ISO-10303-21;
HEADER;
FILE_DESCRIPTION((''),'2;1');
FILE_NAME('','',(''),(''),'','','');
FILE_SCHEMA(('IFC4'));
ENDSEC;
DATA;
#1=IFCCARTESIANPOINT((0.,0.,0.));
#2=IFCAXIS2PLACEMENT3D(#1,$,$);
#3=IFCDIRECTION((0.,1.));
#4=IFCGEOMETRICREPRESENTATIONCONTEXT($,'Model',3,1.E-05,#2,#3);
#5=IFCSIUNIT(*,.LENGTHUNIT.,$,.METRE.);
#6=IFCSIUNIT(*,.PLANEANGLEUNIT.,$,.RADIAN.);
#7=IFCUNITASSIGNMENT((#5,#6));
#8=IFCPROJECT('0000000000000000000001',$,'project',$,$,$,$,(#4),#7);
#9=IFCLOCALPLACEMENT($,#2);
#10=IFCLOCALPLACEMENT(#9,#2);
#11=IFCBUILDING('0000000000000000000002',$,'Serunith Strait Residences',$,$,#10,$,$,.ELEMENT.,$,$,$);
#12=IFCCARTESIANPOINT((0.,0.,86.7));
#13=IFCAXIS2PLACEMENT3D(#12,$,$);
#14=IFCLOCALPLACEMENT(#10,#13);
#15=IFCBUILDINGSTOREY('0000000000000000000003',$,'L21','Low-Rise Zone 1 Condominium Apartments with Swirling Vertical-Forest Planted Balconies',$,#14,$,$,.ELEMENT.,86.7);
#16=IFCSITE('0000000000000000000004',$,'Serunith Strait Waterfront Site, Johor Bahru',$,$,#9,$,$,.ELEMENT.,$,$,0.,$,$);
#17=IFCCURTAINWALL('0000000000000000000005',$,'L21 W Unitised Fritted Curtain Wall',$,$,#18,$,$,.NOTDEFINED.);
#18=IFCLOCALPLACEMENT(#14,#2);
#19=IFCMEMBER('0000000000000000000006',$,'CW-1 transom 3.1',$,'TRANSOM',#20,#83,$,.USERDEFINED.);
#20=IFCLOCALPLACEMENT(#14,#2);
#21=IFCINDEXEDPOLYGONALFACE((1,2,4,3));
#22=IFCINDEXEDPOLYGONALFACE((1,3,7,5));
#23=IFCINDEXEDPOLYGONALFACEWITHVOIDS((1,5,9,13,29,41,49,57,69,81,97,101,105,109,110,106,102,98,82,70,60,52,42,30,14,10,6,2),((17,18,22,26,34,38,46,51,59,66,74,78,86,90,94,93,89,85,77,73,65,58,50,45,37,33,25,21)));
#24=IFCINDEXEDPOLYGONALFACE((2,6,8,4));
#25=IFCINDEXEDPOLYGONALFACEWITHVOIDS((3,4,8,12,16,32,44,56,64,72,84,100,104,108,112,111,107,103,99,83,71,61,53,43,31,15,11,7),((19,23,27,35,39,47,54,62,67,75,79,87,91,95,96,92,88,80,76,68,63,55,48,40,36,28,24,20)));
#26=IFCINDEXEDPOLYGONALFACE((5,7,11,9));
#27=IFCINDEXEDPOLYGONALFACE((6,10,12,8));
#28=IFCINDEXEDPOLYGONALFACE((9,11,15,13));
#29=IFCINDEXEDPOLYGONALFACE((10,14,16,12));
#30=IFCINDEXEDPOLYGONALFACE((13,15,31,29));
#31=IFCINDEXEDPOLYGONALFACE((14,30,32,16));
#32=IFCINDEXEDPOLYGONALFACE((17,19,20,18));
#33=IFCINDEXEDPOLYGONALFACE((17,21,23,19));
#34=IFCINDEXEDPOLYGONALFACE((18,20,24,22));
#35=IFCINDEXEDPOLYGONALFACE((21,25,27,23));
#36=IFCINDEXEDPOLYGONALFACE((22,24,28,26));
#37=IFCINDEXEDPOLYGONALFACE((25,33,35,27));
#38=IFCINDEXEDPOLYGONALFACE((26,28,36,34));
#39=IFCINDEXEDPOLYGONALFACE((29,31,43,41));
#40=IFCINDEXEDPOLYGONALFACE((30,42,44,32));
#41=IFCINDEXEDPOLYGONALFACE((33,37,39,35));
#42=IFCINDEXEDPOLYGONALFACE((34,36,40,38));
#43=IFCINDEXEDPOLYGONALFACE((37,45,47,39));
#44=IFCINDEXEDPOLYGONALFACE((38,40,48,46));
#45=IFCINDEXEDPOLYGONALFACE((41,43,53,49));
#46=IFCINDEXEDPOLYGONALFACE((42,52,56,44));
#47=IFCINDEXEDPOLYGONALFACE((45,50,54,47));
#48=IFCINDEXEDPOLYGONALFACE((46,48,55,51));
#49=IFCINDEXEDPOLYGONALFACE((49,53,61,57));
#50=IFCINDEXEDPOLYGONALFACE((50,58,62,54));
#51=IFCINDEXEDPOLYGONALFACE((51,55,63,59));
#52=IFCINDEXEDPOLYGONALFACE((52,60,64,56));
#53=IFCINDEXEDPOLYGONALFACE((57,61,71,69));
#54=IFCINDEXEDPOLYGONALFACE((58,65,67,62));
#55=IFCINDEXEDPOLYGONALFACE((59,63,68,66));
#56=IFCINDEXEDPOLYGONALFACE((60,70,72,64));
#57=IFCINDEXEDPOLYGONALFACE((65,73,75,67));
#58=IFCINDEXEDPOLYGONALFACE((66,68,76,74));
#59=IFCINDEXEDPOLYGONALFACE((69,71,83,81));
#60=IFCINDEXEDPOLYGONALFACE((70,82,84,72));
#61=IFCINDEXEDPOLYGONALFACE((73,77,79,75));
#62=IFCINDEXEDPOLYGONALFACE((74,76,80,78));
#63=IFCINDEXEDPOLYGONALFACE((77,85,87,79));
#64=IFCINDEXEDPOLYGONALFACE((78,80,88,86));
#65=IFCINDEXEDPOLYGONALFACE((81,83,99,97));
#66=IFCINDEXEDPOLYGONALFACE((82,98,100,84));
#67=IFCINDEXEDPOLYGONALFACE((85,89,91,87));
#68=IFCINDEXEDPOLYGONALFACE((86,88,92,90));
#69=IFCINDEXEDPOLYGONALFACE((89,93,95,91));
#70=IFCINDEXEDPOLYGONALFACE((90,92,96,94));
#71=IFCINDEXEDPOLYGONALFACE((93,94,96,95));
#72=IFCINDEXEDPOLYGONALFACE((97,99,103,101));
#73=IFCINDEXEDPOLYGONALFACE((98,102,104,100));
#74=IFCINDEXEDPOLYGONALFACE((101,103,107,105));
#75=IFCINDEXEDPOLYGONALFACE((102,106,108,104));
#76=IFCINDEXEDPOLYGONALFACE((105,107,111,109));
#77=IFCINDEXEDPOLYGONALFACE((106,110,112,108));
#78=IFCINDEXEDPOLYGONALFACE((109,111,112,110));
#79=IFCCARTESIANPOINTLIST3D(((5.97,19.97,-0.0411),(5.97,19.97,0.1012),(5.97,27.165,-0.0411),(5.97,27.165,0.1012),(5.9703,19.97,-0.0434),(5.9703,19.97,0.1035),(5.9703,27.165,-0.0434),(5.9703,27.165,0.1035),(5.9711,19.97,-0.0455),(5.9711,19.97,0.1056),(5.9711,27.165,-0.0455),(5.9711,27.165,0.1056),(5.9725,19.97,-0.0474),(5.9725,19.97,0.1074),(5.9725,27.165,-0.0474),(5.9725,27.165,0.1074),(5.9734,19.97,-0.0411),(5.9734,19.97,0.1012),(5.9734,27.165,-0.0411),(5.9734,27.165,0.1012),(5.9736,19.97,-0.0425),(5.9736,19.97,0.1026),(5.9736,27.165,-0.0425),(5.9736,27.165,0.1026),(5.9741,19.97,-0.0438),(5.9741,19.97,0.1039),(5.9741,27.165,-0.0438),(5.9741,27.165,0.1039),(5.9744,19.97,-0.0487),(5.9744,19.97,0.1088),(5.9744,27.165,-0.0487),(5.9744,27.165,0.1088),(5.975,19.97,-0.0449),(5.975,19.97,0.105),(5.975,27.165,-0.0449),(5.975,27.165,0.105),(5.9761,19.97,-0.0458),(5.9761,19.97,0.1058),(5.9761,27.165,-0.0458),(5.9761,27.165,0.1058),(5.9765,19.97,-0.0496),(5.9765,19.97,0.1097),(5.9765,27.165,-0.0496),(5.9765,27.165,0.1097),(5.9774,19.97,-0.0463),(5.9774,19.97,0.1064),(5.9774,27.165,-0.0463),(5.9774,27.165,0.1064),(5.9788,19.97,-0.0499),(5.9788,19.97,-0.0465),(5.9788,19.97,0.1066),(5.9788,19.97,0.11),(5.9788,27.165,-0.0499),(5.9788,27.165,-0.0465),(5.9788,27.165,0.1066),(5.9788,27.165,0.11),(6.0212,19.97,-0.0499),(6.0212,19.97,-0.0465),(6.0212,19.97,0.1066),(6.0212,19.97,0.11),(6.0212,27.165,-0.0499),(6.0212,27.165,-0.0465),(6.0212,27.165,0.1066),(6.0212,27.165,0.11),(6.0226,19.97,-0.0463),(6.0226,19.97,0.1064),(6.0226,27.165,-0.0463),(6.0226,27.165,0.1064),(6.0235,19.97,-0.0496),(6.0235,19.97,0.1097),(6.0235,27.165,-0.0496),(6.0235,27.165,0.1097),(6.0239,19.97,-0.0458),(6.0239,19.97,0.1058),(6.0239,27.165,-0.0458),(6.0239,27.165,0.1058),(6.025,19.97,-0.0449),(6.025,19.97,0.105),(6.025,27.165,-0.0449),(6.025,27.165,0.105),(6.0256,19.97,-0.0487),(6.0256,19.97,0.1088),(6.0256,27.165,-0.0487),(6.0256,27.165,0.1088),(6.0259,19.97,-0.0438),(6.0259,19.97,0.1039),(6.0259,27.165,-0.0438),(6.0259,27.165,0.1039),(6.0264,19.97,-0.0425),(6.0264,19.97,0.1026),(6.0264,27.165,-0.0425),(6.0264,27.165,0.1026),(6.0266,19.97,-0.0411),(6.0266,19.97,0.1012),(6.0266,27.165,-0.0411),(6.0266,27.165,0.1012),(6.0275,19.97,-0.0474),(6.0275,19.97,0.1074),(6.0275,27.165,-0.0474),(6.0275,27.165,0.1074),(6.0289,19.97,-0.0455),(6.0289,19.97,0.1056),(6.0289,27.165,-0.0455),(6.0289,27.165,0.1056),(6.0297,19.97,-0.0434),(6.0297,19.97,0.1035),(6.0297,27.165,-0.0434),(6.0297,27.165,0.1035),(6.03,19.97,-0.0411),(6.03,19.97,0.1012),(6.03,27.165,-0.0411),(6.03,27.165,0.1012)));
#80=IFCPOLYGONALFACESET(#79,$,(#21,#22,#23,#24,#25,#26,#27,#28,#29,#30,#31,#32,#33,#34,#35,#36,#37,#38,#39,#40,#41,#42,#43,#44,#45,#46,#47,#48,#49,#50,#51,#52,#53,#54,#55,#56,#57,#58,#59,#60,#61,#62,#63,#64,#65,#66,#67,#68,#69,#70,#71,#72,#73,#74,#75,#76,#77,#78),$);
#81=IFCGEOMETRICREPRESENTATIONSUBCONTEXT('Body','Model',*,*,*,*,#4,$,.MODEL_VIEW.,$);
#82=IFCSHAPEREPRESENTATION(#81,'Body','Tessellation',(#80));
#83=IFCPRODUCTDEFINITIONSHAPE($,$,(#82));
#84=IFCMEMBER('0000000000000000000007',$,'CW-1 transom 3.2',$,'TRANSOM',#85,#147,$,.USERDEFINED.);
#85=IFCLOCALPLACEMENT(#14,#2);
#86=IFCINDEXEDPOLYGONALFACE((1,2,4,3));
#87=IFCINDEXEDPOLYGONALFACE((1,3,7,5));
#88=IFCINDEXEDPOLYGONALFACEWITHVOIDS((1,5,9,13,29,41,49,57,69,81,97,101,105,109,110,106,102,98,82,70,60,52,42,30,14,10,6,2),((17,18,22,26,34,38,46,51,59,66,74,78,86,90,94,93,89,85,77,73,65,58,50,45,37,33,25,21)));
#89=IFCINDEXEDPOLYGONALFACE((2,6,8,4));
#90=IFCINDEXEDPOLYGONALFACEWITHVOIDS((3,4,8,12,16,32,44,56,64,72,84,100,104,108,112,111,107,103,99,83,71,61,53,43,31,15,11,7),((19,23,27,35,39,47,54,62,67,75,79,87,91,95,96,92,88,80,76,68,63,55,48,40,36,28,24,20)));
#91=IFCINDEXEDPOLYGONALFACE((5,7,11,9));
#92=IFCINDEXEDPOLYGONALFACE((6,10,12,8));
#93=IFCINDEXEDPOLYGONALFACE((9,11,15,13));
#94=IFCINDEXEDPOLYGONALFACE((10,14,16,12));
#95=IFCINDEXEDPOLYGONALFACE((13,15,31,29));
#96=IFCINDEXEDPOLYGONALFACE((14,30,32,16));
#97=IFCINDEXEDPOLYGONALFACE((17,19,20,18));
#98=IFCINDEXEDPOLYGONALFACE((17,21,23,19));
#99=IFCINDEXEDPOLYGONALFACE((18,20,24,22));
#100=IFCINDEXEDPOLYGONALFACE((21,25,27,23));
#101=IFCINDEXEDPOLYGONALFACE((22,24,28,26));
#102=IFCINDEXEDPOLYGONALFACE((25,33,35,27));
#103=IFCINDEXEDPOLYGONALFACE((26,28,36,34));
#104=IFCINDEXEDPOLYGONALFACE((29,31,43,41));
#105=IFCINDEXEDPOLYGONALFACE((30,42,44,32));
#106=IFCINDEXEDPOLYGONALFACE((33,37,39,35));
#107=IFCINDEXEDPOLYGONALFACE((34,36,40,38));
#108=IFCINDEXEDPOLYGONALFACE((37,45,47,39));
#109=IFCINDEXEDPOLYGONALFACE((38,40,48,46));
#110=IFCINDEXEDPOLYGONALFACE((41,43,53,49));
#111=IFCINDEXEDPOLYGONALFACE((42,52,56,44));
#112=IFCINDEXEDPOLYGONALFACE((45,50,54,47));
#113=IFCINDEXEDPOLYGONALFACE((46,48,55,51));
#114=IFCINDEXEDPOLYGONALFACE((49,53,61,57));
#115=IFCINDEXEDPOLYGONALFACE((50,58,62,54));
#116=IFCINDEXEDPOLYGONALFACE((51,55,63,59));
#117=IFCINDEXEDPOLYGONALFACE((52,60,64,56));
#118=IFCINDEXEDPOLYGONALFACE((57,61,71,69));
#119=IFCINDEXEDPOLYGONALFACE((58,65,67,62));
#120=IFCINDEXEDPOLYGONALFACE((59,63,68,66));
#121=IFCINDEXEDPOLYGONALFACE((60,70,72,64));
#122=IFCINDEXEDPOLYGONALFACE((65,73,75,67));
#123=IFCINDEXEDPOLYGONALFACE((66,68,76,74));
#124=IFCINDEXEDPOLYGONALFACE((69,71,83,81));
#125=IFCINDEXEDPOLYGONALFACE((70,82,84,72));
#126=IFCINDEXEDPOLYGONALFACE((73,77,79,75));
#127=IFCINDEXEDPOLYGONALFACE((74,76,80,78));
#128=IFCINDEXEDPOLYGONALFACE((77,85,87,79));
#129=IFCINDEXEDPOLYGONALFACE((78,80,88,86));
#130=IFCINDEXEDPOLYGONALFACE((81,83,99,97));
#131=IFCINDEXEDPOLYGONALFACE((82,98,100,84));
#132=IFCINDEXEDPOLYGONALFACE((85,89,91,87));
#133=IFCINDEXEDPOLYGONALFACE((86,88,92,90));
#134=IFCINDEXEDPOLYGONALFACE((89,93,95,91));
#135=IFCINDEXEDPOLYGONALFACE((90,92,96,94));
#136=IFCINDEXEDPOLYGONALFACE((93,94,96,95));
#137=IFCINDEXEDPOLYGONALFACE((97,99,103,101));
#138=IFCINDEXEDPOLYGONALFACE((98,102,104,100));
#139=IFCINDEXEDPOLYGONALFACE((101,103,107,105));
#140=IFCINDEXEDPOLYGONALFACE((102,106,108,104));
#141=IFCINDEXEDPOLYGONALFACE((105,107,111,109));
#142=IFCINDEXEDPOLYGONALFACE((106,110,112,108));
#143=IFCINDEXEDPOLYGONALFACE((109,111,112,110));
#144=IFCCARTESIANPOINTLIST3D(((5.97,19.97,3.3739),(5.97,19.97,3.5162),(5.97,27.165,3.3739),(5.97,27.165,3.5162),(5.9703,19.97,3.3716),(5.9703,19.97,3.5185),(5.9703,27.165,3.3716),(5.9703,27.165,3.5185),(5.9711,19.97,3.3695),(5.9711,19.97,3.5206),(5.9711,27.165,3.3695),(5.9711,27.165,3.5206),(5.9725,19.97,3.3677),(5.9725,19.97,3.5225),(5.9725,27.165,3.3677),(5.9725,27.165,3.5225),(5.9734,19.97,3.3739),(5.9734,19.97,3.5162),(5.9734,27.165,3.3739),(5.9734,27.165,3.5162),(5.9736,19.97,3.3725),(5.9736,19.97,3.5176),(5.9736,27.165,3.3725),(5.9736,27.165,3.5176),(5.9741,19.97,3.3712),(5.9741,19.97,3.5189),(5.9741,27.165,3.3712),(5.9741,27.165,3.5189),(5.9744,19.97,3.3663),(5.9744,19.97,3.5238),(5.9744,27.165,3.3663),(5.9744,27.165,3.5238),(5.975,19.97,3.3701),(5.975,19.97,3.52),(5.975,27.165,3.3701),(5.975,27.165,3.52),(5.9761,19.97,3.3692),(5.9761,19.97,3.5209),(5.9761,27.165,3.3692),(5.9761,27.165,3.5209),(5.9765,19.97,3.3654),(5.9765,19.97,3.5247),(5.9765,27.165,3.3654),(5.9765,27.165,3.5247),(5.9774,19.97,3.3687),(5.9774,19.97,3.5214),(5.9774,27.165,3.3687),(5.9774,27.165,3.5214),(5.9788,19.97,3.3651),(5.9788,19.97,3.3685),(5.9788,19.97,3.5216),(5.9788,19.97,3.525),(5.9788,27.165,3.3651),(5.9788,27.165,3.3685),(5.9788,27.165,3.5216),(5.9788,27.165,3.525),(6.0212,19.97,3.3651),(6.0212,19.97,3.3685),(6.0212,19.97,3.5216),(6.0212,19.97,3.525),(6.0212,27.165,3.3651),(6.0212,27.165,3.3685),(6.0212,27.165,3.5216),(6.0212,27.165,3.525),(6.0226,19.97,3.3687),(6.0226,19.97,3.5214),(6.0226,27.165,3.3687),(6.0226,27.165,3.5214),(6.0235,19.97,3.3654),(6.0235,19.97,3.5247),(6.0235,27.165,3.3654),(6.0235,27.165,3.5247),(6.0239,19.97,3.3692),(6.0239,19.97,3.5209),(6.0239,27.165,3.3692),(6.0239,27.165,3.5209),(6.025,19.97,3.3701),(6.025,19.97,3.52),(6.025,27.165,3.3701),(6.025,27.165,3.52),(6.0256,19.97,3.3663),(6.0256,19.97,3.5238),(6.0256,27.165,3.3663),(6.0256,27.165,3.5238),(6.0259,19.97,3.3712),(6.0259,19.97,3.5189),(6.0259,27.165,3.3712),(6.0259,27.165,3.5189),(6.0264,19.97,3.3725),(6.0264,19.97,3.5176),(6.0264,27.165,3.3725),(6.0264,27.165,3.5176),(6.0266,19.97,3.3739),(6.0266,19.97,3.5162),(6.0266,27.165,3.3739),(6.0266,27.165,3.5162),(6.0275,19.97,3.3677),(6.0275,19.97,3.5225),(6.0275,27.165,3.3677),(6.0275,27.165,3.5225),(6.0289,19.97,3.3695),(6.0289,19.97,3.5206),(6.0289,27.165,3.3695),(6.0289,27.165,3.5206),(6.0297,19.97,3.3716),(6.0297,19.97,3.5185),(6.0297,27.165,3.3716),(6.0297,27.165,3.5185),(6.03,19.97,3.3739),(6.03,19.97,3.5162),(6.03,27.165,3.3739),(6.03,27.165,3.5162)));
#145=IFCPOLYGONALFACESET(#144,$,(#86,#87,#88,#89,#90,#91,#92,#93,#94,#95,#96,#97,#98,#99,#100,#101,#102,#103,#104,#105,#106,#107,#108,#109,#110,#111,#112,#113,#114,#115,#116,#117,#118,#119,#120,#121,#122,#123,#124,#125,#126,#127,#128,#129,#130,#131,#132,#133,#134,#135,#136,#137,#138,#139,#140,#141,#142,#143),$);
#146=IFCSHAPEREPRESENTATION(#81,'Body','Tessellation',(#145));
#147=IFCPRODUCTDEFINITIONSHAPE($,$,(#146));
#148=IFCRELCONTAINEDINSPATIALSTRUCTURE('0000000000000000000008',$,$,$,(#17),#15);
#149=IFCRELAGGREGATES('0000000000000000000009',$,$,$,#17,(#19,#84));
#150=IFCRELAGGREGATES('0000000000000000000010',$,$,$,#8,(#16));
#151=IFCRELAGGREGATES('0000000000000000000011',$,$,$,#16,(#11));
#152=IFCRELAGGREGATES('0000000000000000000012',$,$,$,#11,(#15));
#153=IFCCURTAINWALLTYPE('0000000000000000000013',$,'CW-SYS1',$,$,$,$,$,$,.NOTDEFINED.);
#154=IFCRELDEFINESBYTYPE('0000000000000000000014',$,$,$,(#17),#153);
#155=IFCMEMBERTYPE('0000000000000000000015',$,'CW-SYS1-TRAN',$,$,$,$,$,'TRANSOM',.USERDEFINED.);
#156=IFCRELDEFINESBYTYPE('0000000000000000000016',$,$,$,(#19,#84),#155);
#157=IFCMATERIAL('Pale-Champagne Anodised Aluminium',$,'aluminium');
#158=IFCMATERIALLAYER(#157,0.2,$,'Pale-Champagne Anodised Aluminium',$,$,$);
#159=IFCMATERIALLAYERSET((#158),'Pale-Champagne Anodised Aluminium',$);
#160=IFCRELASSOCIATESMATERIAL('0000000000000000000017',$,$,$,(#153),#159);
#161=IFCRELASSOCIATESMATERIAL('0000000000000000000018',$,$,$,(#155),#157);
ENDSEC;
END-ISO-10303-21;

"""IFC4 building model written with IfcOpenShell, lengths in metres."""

from ifc_helpers import new_model, si_unit, direction, frame, origin, origin_2d, place, context, subcontext, project, spatial, hollow_rectangle, extrude, source, transform, mapped, material, layer, layer_set, material_profile, profile_set, type_object, element, aggregate, save


model = new_model("IFC4")

# Units and contexts
model_context = context("Model", 3, precision=1e-05, world=origin(), true_north=direction((0.0, 1.0)))
body_context = subcontext(model_context, "Body", "Model", "MODEL_VIEW")
ifc_project = project(units=[si_unit("LENGTHUNIT", "METRE"), si_unit("PLANEANGLEUNIT", "RADIAN")], contexts=[model_context])

# Site, building, storey
site_placement = place(None, origin())
site = spatial("IfcSite", under=ifc_project, at=site_placement, Name="Serunith Strait Waterfront Site, Johor Bahru", CompositionType="ELEMENT", RefElevation=0.0)
building_placement = place(site_placement, origin())
building = spatial("IfcBuilding", under=site, at=building_placement, Name="Serunith Strait Residences", CompositionType="ELEMENT")
storey_placement = place(building_placement, frame((0.0, 0.0, 86.7)))
storey = spatial("IfcBuildingStorey", under=building, at=storey_placement, Name="L21", Description="Low-Rise Zone 1 Condominium Apartments with Swirling Vertical-Forest Planted Balconies", CompositionType="ELEMENT", Elevation=86.7)

# Curtain wall, members
ifc_material_1 = material(Name="Pale-Champagne Anodised Aluminium", Category="aluminium")
ifc_layer_1 = layer(ifc_material_1, 0.2, Name="Pale-Champagne Anodised Aluminium")
ifc_layer_set_1 = layer_set([ifc_layer_1], Name="Pale-Champagne Anodised Aluminium")
curtain_wall_type = type_object("IfcCurtainWallType", Name="CW-SYS1", PredefinedType="NOTDEFINED", material=ifc_layer_set_1)
curtain_wall_placement = place(storey_placement, origin())
curtain_wall = element("IfcCurtainWall", 1, at=curtain_wall_placement, inside=storey, type_object=curtain_wall_type, Name="L21 W Unitised Fritted Curtain Wall", PredefinedType="NOTDEFINED")
ifc_material_profile_1 = material_profile(ifc_material_1, hollow_rectangle(XDim=0.0601, YDim=0.1599, WallThickness=0.0034, InnerFilletRadius=0.0054, OuterFilletRadius=0.0088, at=origin_2d()), Name="ALU 160x60x3.5")
ifc_profile_set_1 = profile_set([ifc_material_profile_1], Name="Pale-Champagne Anodised Aluminium")
member_type_1 = type_object("IfcMemberType", Name="CW-SYS1-TRAN", ElementType="TRANSOM", PredefinedType="USERDEFINED", material=ifc_profile_set_1)
shared_shape_1 = source(origin(), body_context, "Body", "SweptSolid", [
    extrude(hollow_rectangle(XDim=0.0601, YDim=0.1599, WallThickness=0.0034, InnerFilletRadius=0.0054, OuterFilletRadius=0.0088, at=origin_2d()), origin(), (0.0, 0.0, 1.0), 7.1951),
])
member_1_placement = place(storey_placement, frame((6.0, 27.165, 0.03), z_axis=(0.0, -1.0, 0.0), x_axis=(1.0, 0.0, 0.0)))
member_1 = element("IfcMember", 2, at=member_1_placement, type_object=member_type_1, Name="CW-1 transom 3.1", ObjectType="TRANSOM", PredefinedType="USERDEFINED", context=body_context, shape_type="MappedRepresentation", body=[
    mapped(shared_shape_1, transform((0.0, 0.0, 0.0), scale=1.0)),
])
member_2_placement = place(storey_placement, frame((6.0, 27.165, 3.4451), z_axis=(0.0, -1.0, 0.0), x_axis=(1.0, 0.0, 0.0)))
member_2 = element("IfcMember", 3, at=member_2_placement, type_object=member_type_1, Name="CW-1 transom 3.2", ObjectType="TRANSOM", PredefinedType="USERDEFINED", context=body_context, shape_type="MappedRepresentation", body=[
    mapped(shared_shape_1, transform((0.0, 0.0, 0.0), scale=1.0)),
])
aggregate(curtain_wall, [member_1, member_2])

save(model, "model.ifc")
